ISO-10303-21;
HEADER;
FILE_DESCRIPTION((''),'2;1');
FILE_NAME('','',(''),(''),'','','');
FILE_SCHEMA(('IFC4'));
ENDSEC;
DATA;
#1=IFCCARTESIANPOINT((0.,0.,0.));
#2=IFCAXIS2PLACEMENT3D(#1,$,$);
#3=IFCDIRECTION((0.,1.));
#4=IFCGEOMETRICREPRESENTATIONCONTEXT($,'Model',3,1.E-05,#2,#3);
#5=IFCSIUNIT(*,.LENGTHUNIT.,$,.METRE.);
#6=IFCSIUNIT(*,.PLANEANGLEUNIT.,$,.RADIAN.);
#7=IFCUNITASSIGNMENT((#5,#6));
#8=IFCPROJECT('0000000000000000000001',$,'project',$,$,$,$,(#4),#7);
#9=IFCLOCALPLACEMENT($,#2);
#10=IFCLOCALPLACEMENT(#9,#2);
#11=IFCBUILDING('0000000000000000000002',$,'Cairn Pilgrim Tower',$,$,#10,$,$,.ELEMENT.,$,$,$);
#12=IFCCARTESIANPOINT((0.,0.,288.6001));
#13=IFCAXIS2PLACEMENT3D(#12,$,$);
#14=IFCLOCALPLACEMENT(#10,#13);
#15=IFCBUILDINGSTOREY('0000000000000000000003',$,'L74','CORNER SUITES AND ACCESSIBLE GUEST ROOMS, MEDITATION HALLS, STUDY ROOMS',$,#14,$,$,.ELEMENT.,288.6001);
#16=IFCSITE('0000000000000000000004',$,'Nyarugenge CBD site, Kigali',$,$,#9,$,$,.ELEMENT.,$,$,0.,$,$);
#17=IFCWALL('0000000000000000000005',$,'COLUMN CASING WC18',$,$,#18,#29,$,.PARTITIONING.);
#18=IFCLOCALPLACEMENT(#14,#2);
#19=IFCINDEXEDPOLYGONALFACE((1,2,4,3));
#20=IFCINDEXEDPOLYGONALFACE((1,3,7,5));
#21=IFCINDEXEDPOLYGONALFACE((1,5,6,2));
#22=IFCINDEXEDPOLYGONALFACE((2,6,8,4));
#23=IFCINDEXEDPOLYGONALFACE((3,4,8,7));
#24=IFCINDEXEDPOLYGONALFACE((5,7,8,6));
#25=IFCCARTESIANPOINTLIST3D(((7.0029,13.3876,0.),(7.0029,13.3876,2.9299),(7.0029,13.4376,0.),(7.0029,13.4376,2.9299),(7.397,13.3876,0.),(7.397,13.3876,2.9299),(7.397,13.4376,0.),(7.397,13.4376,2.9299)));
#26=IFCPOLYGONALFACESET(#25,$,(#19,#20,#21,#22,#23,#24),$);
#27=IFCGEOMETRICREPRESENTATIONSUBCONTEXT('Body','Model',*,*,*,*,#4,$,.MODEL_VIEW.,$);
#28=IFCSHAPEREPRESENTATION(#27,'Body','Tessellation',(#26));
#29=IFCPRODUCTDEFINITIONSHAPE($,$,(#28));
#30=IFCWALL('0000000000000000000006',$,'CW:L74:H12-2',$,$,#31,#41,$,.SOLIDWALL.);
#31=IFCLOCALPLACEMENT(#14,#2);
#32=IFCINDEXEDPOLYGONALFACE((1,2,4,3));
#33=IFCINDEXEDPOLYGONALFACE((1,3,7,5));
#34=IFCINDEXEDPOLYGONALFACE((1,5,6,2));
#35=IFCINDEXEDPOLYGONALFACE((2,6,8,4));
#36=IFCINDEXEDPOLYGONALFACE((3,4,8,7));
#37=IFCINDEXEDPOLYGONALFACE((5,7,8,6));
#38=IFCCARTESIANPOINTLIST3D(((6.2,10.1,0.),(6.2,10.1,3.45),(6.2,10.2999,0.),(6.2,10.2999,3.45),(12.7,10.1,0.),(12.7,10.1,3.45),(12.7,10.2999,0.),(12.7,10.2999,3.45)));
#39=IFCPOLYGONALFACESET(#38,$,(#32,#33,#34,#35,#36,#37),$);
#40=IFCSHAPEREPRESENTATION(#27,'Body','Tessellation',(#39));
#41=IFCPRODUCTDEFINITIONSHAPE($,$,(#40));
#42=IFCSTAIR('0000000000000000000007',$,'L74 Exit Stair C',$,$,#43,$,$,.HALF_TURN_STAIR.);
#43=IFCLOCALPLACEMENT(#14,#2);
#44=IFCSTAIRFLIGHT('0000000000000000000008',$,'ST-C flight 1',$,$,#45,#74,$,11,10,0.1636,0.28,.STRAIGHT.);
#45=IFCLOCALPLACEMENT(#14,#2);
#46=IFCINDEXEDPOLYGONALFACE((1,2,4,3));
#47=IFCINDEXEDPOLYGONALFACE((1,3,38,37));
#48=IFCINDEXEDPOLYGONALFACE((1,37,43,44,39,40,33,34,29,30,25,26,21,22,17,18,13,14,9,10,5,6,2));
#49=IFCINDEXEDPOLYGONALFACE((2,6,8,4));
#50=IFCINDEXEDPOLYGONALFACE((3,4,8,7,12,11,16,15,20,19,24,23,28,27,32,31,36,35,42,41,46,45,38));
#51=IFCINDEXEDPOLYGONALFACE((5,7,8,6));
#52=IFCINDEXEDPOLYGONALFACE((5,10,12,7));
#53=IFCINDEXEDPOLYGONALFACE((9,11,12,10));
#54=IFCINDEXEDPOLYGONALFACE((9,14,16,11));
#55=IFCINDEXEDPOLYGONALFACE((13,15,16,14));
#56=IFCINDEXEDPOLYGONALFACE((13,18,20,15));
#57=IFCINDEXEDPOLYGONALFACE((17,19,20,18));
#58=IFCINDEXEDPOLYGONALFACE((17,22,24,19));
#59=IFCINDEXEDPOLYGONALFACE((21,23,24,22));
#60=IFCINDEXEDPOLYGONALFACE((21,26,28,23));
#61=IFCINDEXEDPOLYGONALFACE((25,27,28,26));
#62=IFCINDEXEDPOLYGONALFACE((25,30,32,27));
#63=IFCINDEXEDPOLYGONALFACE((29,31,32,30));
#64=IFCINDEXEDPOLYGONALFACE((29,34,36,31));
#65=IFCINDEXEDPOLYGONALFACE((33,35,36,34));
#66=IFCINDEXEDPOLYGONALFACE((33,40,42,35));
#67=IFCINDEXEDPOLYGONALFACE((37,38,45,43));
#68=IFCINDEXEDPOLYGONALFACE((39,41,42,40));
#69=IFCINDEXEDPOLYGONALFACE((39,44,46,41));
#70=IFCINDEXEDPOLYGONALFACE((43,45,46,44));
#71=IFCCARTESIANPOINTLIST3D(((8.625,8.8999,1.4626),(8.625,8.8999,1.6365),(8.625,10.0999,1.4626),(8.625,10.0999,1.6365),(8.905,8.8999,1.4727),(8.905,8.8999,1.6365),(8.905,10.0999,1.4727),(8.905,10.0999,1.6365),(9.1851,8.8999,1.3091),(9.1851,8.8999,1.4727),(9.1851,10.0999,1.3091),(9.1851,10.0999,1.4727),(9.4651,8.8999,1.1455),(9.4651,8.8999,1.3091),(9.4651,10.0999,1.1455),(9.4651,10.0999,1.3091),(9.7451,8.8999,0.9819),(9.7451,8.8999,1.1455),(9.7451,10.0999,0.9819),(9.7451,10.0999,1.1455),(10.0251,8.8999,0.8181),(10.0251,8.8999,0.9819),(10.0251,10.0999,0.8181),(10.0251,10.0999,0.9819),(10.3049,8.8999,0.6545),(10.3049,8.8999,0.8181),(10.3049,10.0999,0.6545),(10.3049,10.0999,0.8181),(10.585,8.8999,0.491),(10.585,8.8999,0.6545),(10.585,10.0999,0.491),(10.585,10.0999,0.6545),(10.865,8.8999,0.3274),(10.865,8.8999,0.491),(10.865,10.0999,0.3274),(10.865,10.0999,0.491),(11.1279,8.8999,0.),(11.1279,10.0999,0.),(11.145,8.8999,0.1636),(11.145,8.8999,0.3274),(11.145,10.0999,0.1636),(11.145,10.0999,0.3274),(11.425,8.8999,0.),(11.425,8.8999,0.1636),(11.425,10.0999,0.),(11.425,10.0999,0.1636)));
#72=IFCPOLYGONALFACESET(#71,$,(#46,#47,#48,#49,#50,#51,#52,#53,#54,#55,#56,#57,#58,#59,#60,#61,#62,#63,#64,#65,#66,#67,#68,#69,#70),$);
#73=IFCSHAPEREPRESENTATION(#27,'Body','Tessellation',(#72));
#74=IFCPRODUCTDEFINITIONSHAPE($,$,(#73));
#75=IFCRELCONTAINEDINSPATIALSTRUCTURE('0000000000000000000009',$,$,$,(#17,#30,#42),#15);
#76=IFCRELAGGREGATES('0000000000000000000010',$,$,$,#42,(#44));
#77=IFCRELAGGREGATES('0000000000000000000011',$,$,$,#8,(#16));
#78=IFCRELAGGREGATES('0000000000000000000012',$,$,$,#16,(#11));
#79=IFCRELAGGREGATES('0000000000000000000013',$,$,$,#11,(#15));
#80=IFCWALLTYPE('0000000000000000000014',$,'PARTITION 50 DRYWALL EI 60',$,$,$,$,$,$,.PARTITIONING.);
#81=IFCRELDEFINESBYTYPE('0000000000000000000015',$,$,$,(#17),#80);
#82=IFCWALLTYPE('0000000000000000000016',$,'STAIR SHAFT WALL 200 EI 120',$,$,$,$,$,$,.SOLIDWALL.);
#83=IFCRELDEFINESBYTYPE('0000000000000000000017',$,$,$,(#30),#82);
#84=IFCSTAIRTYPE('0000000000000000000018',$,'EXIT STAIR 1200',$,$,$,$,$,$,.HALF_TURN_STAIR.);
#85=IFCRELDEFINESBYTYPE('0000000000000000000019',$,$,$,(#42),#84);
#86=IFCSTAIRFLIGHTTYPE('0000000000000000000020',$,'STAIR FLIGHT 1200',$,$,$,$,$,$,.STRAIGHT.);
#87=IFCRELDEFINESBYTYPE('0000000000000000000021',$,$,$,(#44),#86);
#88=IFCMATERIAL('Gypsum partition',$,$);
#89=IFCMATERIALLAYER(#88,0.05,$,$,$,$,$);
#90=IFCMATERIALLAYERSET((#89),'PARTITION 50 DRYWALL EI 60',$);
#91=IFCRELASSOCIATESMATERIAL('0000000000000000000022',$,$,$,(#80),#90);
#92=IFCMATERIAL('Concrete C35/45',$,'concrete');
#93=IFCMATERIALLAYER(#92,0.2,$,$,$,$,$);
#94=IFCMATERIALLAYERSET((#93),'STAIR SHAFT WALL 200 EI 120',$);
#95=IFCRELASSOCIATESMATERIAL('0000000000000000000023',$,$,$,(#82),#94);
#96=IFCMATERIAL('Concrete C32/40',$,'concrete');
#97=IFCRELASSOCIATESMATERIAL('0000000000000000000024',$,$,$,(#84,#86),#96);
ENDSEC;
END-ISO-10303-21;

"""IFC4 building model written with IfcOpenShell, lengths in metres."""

from ifc_helpers import new_model, si_unit, direction, frame, frame_2d, origin, place, context, subcontext, project, spatial, polyline, rectangle, outline, extrude, material, layer, layer_set, type_object, element, aggregate, save


model = new_model("IFC4")

# Units and contexts
model_context = context("Model", 3, precision=1e-05, world=origin(), true_north=direction((0.0, 1.0)))
body_context = subcontext(model_context, "Body", "Model", "MODEL_VIEW")
ifc_project = project(units=[si_unit("LENGTHUNIT", "METRE"), si_unit("PLANEANGLEUNIT", "RADIAN")], contexts=[model_context])

# Site, building, storey
site_placement = place(None, origin())
site = spatial("IfcSite", under=ifc_project, at=site_placement, Name="Nyarugenge CBD site, Kigali", CompositionType="ELEMENT", RefElevation=0.0)
building_placement = place(site_placement, origin())
building = spatial("IfcBuilding", under=site, at=building_placement, Name="Cairn Pilgrim Tower", CompositionType="ELEMENT")
storey_placement = place(building_placement, frame((0.0, 0.0, 288.6001)))
storey = spatial("IfcBuildingStorey", under=building, at=storey_placement, Name="L74", Description="CORNER SUITES AND ACCESSIBLE GUEST ROOMS, MEDITATION HALLS, STUDY ROOMS", CompositionType="ELEMENT", Elevation=288.6001)

# Walls
ifc_material_1 = material(Name="Gypsum partition")
ifc_layer_1 = layer(ifc_material_1, 0.05)
ifc_layer_set_1 = layer_set([ifc_layer_1], Name="PARTITION 50 DRYWALL EI 60")
wall_type_1 = type_object("IfcWallType", Name="PARTITION 50 DRYWALL EI 60", PredefinedType="PARTITIONING", material=ifc_layer_set_1)
wall_1_placement = place(storey_placement, frame((7.0029, 13.4126, 0.0), z_axis=(0.0, 0.0, 1.0), x_axis=(1.0, 0.0, 0.0)))
element("IfcWall", 1, at=wall_1_placement, inside=storey, type_object=wall_type_1, Name="COLUMN CASING WC18", PredefinedType="PARTITIONING", context=body_context, shape_type="SweptSolid", body=[
    extrude(rectangle(XDim=0.394, YDim=0.05, at=frame_2d((0.197, 0.0))), origin(), (0.0, 0.0, 1.0), 2.9299),
])
ifc_material_2 = material(Name="Concrete C35/45", Category="concrete")
ifc_layer_2 = layer(ifc_material_2, 0.2)
ifc_layer_set_2 = layer_set([ifc_layer_2], Name="STAIR SHAFT WALL 200 EI 120")
wall_type_2 = type_object("IfcWallType", Name="STAIR SHAFT WALL 200 EI 120", PredefinedType="SOLIDWALL", material=ifc_layer_set_2)
wall_2_placement = place(storey_placement, frame((6.2, 10.2, 0.0), z_axis=(0.0, 0.0, 1.0), x_axis=(1.0, 0.0, 0.0)))
element("IfcWall", 2, at=wall_2_placement, inside=storey, type_object=wall_type_2, Name="CW:L74:H12-2", PredefinedType="SOLIDWALL", context=body_context, shape_type="SweptSolid", body=[
    extrude(rectangle(XDim=6.5, YDim=0.2, at=frame_2d((3.25, 0.0))), origin(), (0.0, 0.0, 1.0), 3.45),
])

# Stair, stair flight
ifc_material_3 = material(Name="Concrete C32/40", Category="concrete")
stair_type = type_object("IfcStairType", Name="EXIT STAIR 1200", PredefinedType="HALF_TURN_STAIR", material=ifc_material_3)
stair_placement = place(storey_placement, origin())
stair = element("IfcStair", 3, at=stair_placement, inside=storey, type_object=stair_type, Name="L74 Exit Stair C", PredefinedType="HALF_TURN_STAIR")
stair_flight_type = type_object("IfcStairFlightType", Name="STAIR FLIGHT 1200", PredefinedType="STRAIGHT", material=ifc_material_3)
stair_flight_placement = place(storey_placement, frame((11.425, 9.5, 0.0), z_axis=(0.0, 0.0, 1.0), x_axis=(-1.0, 0.0, 0.0)))
stair_flight = element("IfcStairFlight", 4, at=stair_flight_placement, type_object=stair_flight_type, Name="ST-C flight 1", NumberOfRisers=11, NumberOfTreads=10, PredefinedType="STRAIGHT", RiserHeight=0.1636, TreadLength=0.28, context=body_context, shape_type="SweptSolid", body=[
    extrude(outline(polyline([(0.0, 0.0), (0.0, 0.1636), (0.28, 0.1636), (0.28, 0.3274), (0.5601, 0.3274), (0.5601, 0.491), (0.8401, 0.491), (0.8401, 0.6545), (1.1201, 0.6545), (1.1201, 0.8181), (1.3999, 0.8181), (1.3999, 0.9819), (1.6799, 0.9819), (1.6799, 1.1455), (1.96, 1.1455), (1.96, 1.3091), (2.24, 1.3091), (2.24, 1.4727), (2.52, 1.4727), (2.52, 1.6365), (2.8, 1.6365), (2.8, 1.8), (2.8, 1.4626), (0.2971, 0.0), (0.0, 0.0)])), frame((0.0, 0.6001, 0.0), z_axis=(0.0, -1.0, 0.0), x_axis=(1.0, 0.0, 0.0)), (0.0, 0.0, 1.0), 1.2),
])
aggregate(stair, [stair_flight])

save(model, "model.ifc")
